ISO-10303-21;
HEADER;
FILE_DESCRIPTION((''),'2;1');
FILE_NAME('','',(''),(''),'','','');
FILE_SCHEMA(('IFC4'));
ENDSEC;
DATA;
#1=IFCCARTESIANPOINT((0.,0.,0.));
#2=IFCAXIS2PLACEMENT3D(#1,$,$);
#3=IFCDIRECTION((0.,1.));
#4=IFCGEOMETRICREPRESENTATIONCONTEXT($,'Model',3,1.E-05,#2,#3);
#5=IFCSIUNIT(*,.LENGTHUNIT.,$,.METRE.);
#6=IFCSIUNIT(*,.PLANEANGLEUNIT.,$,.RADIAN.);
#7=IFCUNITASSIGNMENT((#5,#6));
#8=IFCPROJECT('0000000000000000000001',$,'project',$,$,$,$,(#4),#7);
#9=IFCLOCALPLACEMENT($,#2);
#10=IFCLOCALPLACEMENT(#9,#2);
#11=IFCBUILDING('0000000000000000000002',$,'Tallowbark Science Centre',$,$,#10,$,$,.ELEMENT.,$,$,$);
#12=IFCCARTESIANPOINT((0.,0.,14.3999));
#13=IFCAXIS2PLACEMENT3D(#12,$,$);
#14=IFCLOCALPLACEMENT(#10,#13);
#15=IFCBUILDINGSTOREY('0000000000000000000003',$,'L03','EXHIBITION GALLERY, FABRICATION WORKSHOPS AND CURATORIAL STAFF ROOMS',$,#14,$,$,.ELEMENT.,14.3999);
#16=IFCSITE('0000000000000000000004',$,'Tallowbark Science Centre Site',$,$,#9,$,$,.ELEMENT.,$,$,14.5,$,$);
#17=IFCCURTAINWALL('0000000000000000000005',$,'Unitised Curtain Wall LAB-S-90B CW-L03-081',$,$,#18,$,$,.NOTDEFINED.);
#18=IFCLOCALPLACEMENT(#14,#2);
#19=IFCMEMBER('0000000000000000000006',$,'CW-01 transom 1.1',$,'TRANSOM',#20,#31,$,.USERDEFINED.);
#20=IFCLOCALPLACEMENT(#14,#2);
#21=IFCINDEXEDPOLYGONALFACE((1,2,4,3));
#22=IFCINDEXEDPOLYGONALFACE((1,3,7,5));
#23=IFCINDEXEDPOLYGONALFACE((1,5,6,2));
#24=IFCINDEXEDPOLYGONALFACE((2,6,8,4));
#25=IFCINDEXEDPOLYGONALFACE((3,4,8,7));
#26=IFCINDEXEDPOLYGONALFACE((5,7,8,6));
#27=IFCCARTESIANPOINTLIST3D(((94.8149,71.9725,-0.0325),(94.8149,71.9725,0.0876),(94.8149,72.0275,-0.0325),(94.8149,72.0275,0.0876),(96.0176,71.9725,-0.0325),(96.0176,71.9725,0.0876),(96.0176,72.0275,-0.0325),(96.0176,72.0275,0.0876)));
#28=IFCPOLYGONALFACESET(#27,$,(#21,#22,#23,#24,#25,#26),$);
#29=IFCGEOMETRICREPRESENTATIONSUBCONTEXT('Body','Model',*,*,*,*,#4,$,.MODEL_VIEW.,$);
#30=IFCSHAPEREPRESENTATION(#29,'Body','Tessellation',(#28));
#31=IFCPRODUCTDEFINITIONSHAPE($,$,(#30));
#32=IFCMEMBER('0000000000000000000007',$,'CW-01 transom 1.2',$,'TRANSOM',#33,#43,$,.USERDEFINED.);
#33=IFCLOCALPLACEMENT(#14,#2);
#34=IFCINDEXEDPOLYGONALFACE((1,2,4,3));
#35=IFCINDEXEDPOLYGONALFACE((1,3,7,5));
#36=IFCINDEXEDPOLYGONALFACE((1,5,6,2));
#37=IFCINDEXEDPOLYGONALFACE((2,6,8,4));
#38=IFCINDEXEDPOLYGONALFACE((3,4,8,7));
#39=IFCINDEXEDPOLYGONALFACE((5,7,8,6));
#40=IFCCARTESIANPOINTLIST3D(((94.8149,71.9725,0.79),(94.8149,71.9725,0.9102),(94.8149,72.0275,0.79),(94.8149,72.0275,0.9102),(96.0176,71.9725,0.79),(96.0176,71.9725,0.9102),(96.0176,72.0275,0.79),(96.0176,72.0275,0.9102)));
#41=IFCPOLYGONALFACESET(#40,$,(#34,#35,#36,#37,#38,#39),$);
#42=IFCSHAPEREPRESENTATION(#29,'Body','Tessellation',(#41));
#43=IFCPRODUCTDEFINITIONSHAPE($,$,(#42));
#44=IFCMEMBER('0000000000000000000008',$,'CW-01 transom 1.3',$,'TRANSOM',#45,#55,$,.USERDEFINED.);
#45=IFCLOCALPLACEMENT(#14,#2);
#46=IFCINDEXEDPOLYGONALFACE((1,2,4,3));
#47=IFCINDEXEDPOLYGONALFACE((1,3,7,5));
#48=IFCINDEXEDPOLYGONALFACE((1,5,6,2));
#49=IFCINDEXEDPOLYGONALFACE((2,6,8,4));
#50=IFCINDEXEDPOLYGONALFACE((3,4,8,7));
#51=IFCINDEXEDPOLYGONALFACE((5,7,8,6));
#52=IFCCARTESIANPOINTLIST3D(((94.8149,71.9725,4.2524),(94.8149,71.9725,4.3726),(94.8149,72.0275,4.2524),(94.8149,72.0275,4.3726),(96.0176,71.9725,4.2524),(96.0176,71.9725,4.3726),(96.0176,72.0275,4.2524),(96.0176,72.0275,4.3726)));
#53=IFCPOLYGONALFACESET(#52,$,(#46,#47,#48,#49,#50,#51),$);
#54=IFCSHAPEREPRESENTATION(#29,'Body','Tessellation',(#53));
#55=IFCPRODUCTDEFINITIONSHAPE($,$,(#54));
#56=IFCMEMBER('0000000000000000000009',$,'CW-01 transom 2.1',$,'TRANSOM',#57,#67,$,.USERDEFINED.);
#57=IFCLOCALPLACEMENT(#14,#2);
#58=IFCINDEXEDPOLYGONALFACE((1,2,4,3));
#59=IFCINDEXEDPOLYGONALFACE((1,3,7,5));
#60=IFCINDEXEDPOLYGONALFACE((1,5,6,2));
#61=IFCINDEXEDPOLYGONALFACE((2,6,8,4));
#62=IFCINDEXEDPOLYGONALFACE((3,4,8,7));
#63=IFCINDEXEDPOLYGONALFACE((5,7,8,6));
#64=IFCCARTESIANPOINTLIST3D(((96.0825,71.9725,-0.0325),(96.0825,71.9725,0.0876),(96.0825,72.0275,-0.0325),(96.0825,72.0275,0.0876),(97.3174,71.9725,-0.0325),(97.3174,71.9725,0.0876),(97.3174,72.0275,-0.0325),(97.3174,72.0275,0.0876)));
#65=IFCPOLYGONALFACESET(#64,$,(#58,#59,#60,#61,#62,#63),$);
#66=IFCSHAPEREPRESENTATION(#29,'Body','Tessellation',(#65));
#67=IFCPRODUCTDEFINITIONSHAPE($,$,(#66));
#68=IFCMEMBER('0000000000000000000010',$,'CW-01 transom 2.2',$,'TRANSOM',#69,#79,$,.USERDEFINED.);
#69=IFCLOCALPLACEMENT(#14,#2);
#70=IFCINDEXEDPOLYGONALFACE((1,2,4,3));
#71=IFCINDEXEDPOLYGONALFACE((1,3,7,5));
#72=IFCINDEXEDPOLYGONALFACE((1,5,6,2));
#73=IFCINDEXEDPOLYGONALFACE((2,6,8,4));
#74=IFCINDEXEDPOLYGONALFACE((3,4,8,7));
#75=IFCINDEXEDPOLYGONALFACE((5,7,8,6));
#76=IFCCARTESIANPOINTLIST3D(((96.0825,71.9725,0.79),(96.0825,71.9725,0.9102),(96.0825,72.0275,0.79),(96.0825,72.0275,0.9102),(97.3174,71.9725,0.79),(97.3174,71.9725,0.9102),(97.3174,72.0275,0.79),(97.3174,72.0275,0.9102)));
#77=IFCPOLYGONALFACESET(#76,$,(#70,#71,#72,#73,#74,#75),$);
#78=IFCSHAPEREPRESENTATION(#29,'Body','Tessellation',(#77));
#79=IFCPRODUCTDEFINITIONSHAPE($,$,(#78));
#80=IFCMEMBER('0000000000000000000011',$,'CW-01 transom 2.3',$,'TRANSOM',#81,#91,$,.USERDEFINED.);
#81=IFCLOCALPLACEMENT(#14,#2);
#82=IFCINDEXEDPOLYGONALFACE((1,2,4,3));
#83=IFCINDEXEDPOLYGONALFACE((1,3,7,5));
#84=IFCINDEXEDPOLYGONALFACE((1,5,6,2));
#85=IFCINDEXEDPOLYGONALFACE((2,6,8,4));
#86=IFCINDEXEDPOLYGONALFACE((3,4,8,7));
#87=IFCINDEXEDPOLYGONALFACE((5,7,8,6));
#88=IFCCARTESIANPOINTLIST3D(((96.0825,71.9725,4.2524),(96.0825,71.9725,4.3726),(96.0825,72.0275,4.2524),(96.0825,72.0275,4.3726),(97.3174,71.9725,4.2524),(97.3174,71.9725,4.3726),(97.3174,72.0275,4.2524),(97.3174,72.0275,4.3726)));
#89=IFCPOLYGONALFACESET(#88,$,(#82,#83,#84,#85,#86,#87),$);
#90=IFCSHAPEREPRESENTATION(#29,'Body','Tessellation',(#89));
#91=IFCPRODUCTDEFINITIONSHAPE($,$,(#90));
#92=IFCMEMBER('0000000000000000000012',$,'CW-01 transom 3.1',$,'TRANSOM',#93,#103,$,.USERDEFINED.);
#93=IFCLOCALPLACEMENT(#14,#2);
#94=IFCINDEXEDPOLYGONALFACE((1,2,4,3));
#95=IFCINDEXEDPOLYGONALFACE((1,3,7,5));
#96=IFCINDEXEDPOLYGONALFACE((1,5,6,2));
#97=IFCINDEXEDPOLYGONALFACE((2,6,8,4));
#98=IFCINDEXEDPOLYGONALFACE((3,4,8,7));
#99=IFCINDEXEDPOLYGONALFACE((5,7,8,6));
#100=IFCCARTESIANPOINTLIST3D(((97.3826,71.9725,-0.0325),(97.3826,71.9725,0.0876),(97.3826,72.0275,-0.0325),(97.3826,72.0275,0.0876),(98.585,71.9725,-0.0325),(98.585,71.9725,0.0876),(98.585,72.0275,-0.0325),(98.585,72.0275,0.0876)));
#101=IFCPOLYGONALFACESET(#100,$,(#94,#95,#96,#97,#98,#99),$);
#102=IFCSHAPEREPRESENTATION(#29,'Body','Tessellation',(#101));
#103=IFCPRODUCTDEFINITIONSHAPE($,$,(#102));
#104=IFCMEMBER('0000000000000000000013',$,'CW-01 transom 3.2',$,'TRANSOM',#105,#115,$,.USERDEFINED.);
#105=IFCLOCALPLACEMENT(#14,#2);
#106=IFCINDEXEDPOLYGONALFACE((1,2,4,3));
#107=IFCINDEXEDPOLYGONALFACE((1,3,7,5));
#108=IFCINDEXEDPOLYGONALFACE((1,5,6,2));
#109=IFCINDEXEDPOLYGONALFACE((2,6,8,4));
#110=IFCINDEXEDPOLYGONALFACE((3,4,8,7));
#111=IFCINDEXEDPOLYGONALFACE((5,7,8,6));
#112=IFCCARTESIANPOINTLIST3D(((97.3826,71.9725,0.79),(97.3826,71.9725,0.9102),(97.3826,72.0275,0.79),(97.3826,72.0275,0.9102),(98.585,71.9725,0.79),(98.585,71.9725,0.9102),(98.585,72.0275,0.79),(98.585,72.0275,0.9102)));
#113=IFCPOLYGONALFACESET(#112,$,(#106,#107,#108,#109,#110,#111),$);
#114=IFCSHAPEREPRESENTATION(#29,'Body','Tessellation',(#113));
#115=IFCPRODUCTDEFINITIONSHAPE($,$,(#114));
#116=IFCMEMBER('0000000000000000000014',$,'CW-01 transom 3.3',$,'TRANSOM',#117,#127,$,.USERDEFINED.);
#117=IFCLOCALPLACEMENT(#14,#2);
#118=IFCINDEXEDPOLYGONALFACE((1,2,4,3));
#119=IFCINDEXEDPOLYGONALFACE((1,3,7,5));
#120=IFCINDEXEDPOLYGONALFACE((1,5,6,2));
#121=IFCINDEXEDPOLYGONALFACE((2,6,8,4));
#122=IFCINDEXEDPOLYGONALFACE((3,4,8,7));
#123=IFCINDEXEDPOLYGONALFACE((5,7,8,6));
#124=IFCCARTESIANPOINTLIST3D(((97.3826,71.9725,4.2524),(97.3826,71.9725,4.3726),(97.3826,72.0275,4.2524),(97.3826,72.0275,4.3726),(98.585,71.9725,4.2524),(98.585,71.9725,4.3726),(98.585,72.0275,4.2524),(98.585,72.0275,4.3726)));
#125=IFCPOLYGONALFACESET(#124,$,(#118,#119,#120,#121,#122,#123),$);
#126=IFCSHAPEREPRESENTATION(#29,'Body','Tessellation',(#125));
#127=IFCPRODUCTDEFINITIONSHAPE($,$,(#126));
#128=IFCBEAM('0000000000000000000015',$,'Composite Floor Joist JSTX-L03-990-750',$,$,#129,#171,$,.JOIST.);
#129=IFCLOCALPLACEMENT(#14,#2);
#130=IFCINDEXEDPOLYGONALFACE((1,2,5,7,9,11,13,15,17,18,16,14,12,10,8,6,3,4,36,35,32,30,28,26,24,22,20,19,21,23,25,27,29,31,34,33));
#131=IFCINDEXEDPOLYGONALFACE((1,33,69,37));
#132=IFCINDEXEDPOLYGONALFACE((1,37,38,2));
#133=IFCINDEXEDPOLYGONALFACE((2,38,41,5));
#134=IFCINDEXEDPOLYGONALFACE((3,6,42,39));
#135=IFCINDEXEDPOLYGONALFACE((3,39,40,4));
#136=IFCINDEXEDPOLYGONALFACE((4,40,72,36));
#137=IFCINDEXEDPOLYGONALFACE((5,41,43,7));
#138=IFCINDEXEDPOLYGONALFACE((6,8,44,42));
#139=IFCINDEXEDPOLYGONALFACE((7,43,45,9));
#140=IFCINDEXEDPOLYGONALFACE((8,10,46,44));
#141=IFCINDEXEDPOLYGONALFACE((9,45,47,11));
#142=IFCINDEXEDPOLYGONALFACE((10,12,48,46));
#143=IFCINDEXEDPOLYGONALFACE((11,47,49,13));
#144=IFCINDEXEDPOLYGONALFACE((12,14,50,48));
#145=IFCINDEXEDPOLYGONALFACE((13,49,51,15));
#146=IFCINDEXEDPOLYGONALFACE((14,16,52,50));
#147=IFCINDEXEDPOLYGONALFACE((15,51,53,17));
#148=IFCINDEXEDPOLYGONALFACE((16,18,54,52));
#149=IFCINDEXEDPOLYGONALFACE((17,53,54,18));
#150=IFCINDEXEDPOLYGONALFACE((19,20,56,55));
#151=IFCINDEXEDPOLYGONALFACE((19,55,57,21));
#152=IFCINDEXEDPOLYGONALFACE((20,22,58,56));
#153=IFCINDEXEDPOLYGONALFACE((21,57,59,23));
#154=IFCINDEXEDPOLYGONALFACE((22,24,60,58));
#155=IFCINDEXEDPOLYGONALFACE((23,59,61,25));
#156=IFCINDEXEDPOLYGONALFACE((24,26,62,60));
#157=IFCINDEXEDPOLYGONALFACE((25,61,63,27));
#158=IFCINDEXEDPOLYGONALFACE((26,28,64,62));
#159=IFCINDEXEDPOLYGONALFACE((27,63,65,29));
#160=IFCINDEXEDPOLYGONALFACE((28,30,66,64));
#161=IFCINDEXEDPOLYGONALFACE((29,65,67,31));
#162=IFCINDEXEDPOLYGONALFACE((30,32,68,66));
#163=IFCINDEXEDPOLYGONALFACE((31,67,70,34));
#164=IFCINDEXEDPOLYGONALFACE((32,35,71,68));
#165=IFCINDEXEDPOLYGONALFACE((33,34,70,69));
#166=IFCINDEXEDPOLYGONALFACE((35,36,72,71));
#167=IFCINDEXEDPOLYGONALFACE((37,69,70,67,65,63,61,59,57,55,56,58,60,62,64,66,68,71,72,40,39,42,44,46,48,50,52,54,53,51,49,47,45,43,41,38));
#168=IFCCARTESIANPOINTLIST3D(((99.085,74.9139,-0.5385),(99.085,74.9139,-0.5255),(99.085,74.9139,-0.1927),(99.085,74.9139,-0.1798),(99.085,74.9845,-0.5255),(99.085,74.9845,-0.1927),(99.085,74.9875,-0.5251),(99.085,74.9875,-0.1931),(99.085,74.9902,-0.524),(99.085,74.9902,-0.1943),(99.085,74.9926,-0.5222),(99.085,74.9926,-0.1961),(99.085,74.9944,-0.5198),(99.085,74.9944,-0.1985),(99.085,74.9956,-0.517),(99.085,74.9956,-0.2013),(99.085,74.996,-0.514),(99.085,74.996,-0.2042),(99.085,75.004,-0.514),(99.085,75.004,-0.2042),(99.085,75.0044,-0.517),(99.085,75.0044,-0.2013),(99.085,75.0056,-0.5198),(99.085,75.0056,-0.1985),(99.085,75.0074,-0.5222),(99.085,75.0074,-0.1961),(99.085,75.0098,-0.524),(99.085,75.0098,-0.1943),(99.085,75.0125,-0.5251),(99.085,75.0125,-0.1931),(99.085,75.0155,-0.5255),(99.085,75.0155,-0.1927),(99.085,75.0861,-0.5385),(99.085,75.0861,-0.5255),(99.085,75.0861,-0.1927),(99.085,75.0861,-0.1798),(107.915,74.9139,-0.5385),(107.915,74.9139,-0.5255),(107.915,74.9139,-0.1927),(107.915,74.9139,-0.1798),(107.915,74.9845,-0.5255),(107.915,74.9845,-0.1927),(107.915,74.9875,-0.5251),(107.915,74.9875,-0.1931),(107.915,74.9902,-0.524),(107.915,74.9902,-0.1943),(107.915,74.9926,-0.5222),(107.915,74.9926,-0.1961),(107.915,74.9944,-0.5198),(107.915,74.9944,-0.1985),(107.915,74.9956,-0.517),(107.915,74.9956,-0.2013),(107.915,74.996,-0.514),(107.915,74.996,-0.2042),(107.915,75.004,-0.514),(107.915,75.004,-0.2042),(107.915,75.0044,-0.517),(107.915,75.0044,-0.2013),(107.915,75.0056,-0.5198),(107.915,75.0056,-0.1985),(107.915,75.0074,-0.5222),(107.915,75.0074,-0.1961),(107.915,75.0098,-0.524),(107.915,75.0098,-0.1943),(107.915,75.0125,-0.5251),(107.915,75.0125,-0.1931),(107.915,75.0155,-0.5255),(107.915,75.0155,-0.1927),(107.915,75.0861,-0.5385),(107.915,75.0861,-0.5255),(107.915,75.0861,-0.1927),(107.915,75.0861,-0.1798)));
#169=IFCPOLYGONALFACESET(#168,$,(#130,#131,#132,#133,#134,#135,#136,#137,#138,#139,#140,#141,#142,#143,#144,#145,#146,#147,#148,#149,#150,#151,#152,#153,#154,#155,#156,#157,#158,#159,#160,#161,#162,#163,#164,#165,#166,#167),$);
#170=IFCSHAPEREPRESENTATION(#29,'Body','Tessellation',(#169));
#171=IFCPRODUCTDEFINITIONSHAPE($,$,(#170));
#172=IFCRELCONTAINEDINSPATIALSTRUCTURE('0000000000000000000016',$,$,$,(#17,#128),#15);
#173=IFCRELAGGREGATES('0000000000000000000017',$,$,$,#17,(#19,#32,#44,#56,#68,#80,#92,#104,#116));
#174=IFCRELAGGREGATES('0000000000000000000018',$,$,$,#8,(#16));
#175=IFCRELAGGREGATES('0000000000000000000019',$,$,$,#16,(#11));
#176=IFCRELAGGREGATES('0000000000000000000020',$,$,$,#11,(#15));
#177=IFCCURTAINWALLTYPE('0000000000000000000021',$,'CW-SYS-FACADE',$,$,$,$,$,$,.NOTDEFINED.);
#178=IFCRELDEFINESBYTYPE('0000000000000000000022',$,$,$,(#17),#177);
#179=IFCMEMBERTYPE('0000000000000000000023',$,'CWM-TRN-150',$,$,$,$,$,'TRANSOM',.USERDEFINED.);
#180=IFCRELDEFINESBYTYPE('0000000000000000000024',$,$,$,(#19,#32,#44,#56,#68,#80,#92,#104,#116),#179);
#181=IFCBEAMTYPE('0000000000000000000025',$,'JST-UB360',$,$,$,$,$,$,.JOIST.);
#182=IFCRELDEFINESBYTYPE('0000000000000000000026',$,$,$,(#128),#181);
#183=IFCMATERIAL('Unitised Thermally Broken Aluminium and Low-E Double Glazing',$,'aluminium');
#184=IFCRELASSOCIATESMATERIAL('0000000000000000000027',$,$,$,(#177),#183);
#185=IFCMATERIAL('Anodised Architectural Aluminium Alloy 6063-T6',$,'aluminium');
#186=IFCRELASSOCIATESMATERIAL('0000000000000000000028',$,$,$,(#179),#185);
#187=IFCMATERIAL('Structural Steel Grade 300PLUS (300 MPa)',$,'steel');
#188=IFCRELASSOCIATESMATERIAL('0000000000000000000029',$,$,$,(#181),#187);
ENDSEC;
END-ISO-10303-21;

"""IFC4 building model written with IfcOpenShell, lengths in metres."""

from ifc_helpers import new_model, si_unit, direction, frame, origin, origin_2d, place, context, subcontext, project, spatial, rectangle, i_section, extrude, material, material_profile, profile_set, type_object, element, aggregate, save


model = new_model("IFC4")

# Units and contexts
model_context = context("Model", 3, precision=1e-05, world=origin(), true_north=direction((0.0, 1.0)))
body_context = subcontext(model_context, "Body", "Model", "MODEL_VIEW")
ifc_project = project(units=[si_unit("LENGTHUNIT", "METRE"), si_unit("PLANEANGLEUNIT", "RADIAN")], contexts=[model_context])

# Site, building, storey
site_placement = place(None, origin())
site = spatial("IfcSite", under=ifc_project, at=site_placement, Name="Tallowbark Science Centre Site", CompositionType="ELEMENT", RefElevation=14.5)
building_placement = place(site_placement, origin())
building = spatial("IfcBuilding", under=site, at=building_placement, Name="Tallowbark Science Centre", CompositionType="ELEMENT")
storey_placement = place(building_placement, frame((0.0, 0.0, 14.3999)))
storey = spatial("IfcBuildingStorey", under=building, at=storey_placement, Name="L03", Description="EXHIBITION GALLERY, FABRICATION WORKSHOPS AND CURATORIAL STAFF ROOMS", CompositionType="ELEMENT", Elevation=14.3999)

# Shared definitions
ifc_material_1 = material(Name="Structural Steel Grade 300PLUS (300 MPa)", Category="steel")

# Shared definitions
ifc_material_2 = material(Name="Unitised Thermally Broken Aluminium and Low-E Double Glazing", Category="aluminium")
curtain_wall_type = type_object("IfcCurtainWallType", Name="CW-SYS-FACADE", PredefinedType="NOTDEFINED", material=ifc_material_2)
ifc_material_3 = material(Name="Anodised Architectural Aluminium Alloy 6063-T6", Category="aluminium")

# Curtain wall
curtain_wall_1_placement = place(storey_placement, origin())
curtain_wall_1 = element("IfcCurtainWall", 1, at=curtain_wall_1_placement, inside=storey, type_object=curtain_wall_type, Name="Unitised Curtain Wall LAB-S-90B CW-L03-081", PredefinedType="NOTDEFINED")

# Members
ifc_material_profile_1 = material_profile(ifc_material_3, rectangle(XDim=0.0549, YDim=0.1201, at=origin_2d()), Name="ALU55x120")
ifc_profile_set_1 = profile_set([ifc_material_profile_1], Name="Anodised Architectural Aluminium Alloy 6063-T6")
member_type_1 = type_object("IfcMemberType", Name="CWM-TRN-150", ElementType="TRANSOM", PredefinedType="USERDEFINED", material=ifc_profile_set_1)
member_1_placement = place(storey_placement, frame((94.8149, 72.0, 0.0276), z_axis=(1.0, 0.0, 0.0), x_axis=(0.0, 1.0, 0.0)))
member_1 = element("IfcMember", 2, at=member_1_placement, type_object=member_type_1, Name="CW-01 transom 1.1", ObjectType="TRANSOM", PredefinedType="USERDEFINED", context=body_context, shape_type="SweptSolid", body=[
    extrude(rectangle(XDim=0.0549, YDim=0.1201, at=origin_2d()), origin(), (0.0, 0.0, 1.0), 1.2026),
])
member_2_placement = place(storey_placement, frame((94.8149, 72.0, 0.8501), z_axis=(1.0, 0.0, 0.0), x_axis=(0.0, 1.0, 0.0)))
member_2 = element("IfcMember", 3, at=member_2_placement, type_object=member_type_1, Name="CW-01 transom 1.2", ObjectType="TRANSOM", PredefinedType="USERDEFINED", context=body_context, shape_type="SweptSolid", body=[
    extrude(rectangle(XDim=0.0549, YDim=0.1201, at=origin_2d()), origin(), (0.0, 0.0, 1.0), 1.2026),
])
member_3_placement = place(storey_placement, frame((94.8149, 72.0, 4.3125), z_axis=(1.0, 0.0, 0.0), x_axis=(0.0, 1.0, 0.0)))
member_3 = element("IfcMember", 4, at=member_3_placement, type_object=member_type_1, Name="CW-01 transom 1.3", ObjectType="TRANSOM", PredefinedType="USERDEFINED", context=body_context, shape_type="SweptSolid", body=[
    extrude(rectangle(XDim=0.0549, YDim=0.1201, at=origin_2d()), origin(), (0.0, 0.0, 1.0), 1.2026),
])
member_4_placement = place(storey_placement, frame((96.0825, 72.0, 0.0276), z_axis=(1.0, 0.0, 0.0), x_axis=(0.0, 1.0, 0.0)))
member_4 = element("IfcMember", 5, at=member_4_placement, type_object=member_type_1, Name="CW-01 transom 2.1", ObjectType="TRANSOM", PredefinedType="USERDEFINED", context=body_context, shape_type="SweptSolid", body=[
    extrude(rectangle(XDim=0.0549, YDim=0.1201, at=origin_2d()), origin(), (0.0, 0.0, 1.0), 1.2349),
])
member_5_placement = place(storey_placement, frame((96.0825, 72.0, 0.8501), z_axis=(1.0, 0.0, 0.0), x_axis=(0.0, 1.0, 0.0)))
member_5 = element("IfcMember", 6, at=member_5_placement, type_object=member_type_1, Name="CW-01 transom 2.2", ObjectType="TRANSOM", PredefinedType="USERDEFINED", context=body_context, shape_type="SweptSolid", body=[
    extrude(rectangle(XDim=0.0549, YDim=0.1201, at=origin_2d()), origin(), (0.0, 0.0, 1.0), 1.2349),
])
member_6_placement = place(storey_placement, frame((96.0825, 72.0, 4.3125), z_axis=(1.0, 0.0, 0.0), x_axis=(0.0, 1.0, 0.0)))
member_6 = element("IfcMember", 7, at=member_6_placement, type_object=member_type_1, Name="CW-01 transom 2.3", ObjectType="TRANSOM", PredefinedType="USERDEFINED", context=body_context, shape_type="SweptSolid", body=[
    extrude(rectangle(XDim=0.0549, YDim=0.1201, at=origin_2d()), origin(), (0.0, 0.0, 1.0), 1.2349),
])
member_7_placement = place(storey_placement, frame((97.3826, 72.0, 0.0276), z_axis=(1.0, 0.0, 0.0), x_axis=(0.0, 1.0, 0.0)))
member_7 = element("IfcMember", 8, at=member_7_placement, type_object=member_type_1, Name="CW-01 transom 3.1", ObjectType="TRANSOM", PredefinedType="USERDEFINED", context=body_context, shape_type="SweptSolid", body=[
    extrude(rectangle(XDim=0.0549, YDim=0.1201, at=origin_2d()), origin(), (0.0, 0.0, 1.0), 1.2024),
])
member_8_placement = place(storey_placement, frame((97.3826, 72.0, 0.8501), z_axis=(1.0, 0.0, 0.0), x_axis=(0.0, 1.0, 0.0)))
member_8 = element("IfcMember", 9, at=member_8_placement, type_object=member_type_1, Name="CW-01 transom 3.2", ObjectType="TRANSOM", PredefinedType="USERDEFINED", context=body_context, shape_type="SweptSolid", body=[
    extrude(rectangle(XDim=0.0549, YDim=0.1201, at=origin_2d()), origin(), (0.0, 0.0, 1.0), 1.2024),
])
member_9_placement = place(storey_placement, frame((97.3826, 72.0, 4.3125), z_axis=(1.0, 0.0, 0.0), x_axis=(0.0, 1.0, 0.0)))
member_9 = element("IfcMember", 10, at=member_9_placement, type_object=member_type_1, Name="CW-01 transom 3.3", ObjectType="TRANSOM", PredefinedType="USERDEFINED", context=body_context, shape_type="SweptSolid", body=[
    extrude(rectangle(XDim=0.0549, YDim=0.1201, at=origin_2d()), origin(), (0.0, 0.0, 1.0), 1.2024),
])

# Beam
ifc_material_profile_2 = material_profile(ifc_material_1, i_section(OverallWidth=0.1721, OverallDepth=0.3586, WebThickness=0.0081, FlangeThickness=0.0129, FilletRadius=0.0115, at=origin_2d()), Name="360UB56.7")
ifc_profile_set_2 = profile_set([ifc_material_profile_2], Name="Structural Steel Grade 300PLUS (300 MPa)")
beam_type_1 = type_object("IfcBeamType", Name="JST-UB360", PredefinedType="JOIST", material=ifc_profile_set_2)
beam_1_placement = place(storey_placement, frame((99.085, 75.0, -0.3591), z_axis=(1.0, 0.0, 0.0), x_axis=(0.0, 1.0, 0.0)))
element("IfcBeam", 11, at=beam_1_placement, inside=storey, type_object=beam_type_1, Name="Composite Floor Joist JSTX-L03-990-750", PredefinedType="JOIST", context=body_context, shape_type="SweptSolid", body=[
    extrude(i_section(OverallWidth=0.1721, OverallDepth=0.3586, WebThickness=0.0081, FlangeThickness=0.0129, FilletRadius=0.0115, at=origin_2d()), origin(), (0.0, 0.0, 1.0), 8.8301),
])

aggregate(curtain_wall_1, [member_1, member_2, member_3, member_4, member_5, member_6, member_7, member_8, member_9])

save(model, "model.ifc")
